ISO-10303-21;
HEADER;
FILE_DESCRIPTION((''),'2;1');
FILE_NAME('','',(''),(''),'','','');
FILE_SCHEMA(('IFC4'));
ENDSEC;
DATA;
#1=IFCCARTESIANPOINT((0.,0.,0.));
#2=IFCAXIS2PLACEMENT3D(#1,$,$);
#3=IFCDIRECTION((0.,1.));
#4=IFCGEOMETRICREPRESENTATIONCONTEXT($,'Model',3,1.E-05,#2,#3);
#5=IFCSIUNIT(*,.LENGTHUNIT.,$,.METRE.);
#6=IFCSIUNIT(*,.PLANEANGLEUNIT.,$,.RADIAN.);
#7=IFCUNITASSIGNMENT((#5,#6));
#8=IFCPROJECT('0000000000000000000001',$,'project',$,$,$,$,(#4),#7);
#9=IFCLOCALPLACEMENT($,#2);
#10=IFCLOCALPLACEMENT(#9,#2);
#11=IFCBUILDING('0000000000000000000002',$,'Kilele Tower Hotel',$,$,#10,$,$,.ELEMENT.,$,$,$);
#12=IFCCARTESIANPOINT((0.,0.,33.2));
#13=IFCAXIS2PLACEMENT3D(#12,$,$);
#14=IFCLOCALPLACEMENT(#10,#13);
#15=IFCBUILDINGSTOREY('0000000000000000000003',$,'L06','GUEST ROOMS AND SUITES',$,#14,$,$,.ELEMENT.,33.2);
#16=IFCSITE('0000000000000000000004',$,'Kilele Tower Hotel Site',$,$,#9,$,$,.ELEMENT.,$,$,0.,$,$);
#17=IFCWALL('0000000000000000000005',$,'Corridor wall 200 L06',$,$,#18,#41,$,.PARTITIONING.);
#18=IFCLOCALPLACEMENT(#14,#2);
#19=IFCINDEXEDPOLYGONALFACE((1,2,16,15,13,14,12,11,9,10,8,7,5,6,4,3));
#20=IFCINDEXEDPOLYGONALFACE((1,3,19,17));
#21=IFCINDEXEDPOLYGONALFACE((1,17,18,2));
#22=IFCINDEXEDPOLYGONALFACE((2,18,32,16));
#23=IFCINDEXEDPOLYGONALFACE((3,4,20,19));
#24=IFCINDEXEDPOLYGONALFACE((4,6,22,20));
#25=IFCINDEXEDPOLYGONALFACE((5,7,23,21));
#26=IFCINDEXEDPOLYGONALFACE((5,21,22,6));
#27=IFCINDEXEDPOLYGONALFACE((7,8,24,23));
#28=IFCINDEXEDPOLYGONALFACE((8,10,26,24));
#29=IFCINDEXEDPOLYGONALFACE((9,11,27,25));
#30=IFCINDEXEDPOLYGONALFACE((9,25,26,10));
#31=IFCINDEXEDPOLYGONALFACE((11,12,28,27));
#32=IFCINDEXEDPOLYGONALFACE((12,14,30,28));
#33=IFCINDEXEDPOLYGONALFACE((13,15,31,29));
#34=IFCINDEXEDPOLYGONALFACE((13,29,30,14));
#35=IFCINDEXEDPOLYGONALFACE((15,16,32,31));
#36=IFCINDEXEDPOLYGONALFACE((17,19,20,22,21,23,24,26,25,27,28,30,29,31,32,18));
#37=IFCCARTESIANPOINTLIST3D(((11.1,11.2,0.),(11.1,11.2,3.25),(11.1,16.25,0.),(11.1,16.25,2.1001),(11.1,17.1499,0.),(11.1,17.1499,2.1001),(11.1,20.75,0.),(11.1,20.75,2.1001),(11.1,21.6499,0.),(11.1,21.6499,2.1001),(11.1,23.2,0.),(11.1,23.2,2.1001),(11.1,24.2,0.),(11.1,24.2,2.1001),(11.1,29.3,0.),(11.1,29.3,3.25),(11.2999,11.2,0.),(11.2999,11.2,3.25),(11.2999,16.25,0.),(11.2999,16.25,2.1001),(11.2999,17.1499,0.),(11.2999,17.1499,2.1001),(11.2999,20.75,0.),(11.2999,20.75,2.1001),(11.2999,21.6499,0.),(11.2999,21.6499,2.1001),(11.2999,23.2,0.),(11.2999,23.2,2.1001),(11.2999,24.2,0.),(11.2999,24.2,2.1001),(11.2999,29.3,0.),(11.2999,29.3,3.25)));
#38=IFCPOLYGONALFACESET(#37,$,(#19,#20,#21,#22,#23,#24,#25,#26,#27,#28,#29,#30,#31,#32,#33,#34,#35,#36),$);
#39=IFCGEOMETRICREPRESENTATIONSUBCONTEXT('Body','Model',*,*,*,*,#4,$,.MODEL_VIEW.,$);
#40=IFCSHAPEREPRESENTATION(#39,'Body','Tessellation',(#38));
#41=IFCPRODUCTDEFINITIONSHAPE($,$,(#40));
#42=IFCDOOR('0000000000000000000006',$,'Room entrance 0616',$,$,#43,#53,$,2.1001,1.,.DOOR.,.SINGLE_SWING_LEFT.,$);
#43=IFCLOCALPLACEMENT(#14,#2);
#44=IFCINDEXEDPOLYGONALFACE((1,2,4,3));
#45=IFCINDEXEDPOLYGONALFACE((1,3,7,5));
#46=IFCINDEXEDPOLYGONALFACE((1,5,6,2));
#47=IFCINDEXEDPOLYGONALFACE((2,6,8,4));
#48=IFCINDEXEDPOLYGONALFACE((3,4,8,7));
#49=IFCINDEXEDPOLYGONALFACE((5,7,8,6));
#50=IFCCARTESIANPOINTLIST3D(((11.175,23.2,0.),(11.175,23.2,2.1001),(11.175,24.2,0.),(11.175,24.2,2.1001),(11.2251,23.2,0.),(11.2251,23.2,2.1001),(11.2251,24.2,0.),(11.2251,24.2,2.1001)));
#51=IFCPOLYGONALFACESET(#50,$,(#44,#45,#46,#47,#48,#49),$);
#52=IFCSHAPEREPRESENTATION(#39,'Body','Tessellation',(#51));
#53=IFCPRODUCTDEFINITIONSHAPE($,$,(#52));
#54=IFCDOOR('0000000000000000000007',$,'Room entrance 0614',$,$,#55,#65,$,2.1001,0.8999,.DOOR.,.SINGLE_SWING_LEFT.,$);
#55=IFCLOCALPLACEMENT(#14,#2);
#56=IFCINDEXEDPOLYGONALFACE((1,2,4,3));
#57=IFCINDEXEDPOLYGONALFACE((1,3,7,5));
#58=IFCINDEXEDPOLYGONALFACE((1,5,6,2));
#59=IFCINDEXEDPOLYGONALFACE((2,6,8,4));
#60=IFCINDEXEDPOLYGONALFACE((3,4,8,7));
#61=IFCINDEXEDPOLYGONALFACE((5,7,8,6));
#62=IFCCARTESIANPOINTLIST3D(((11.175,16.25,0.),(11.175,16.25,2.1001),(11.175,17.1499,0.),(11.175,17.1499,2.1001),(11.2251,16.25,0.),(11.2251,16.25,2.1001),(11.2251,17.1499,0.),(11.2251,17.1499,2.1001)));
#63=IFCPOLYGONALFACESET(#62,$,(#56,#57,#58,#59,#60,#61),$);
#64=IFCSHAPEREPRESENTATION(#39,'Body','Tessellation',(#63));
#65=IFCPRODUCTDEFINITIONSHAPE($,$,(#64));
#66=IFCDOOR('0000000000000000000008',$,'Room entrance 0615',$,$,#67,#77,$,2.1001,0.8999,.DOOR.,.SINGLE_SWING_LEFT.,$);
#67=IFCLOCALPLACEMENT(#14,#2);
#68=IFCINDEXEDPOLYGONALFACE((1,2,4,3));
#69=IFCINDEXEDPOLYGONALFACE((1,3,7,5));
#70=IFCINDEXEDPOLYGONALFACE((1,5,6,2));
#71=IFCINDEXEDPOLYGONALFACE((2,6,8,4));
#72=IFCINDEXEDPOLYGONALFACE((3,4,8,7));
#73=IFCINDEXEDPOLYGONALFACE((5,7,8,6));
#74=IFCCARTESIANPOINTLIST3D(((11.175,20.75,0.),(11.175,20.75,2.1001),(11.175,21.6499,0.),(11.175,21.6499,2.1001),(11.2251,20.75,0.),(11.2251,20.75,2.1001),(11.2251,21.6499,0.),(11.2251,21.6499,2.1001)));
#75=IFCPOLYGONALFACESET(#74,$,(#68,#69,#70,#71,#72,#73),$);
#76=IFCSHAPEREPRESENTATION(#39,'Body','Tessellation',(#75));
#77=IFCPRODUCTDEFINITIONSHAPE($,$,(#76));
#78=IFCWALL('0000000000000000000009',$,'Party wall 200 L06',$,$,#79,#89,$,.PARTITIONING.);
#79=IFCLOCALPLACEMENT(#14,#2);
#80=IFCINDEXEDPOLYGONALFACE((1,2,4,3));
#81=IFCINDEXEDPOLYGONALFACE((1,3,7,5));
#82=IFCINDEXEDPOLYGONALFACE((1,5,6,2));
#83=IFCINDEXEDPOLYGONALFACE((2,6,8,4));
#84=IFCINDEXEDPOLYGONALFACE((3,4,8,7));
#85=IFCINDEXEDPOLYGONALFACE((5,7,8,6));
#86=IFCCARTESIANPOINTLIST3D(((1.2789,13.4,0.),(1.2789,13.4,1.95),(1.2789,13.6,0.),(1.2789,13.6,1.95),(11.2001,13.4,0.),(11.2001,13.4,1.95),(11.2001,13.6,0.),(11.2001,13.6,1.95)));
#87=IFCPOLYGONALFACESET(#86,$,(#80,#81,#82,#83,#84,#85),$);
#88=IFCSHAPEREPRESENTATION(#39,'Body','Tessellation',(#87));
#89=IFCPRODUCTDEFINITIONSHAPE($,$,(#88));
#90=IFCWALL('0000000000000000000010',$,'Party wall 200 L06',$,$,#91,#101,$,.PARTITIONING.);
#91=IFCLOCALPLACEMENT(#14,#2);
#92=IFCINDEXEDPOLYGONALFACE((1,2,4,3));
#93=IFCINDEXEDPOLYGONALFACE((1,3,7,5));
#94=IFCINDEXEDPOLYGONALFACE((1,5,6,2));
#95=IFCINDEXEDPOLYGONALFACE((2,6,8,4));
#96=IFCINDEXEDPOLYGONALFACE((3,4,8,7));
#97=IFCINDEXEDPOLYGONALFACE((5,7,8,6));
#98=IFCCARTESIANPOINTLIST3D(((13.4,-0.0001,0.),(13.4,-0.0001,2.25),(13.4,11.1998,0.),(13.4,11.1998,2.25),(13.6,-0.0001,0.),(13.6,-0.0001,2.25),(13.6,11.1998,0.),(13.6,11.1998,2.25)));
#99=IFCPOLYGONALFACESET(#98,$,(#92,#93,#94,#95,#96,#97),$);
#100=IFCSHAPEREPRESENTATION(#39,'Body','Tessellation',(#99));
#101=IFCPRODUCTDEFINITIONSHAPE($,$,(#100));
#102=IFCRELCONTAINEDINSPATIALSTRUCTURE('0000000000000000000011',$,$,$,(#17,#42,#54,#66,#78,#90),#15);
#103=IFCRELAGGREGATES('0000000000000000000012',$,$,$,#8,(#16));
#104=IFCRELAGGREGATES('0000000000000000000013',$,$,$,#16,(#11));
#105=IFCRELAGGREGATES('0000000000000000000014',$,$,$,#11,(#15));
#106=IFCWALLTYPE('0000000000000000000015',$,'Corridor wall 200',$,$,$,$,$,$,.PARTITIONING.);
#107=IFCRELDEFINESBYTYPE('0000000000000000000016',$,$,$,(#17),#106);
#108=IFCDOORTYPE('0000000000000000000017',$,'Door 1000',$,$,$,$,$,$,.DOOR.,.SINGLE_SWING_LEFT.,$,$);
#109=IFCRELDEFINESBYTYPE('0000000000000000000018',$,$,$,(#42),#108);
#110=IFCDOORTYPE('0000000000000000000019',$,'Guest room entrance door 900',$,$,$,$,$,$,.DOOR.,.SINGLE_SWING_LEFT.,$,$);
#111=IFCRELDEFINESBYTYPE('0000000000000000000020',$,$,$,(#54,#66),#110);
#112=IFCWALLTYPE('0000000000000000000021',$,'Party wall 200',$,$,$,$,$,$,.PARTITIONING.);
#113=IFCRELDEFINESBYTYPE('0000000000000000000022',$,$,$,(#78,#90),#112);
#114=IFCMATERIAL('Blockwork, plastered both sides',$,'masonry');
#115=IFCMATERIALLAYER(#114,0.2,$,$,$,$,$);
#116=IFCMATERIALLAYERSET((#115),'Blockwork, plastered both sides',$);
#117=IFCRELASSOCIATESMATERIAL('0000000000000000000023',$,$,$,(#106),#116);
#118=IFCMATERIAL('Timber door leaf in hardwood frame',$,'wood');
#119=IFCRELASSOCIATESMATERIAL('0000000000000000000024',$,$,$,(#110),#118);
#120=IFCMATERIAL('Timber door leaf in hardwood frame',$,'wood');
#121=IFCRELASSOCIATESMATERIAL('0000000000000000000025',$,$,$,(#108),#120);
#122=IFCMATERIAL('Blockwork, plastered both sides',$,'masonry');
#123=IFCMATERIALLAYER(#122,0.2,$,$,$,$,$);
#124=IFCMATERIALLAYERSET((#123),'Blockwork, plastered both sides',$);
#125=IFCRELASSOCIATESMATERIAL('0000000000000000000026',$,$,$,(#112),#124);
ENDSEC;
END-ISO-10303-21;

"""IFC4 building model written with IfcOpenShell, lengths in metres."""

from ifc_helpers import new_model, si_unit, direction, frame, frame_2d, origin, place, context, subcontext, project, spatial, rectangle, extrude, material, layer, layer_set, type_object, element, fill, save


model = new_model("IFC4")

# Units and contexts
model_context = context("Model", 3, precision=1e-05, world=origin(), true_north=direction((0.0, 1.0)))
body_context = subcontext(model_context, "Body", "Model", "MODEL_VIEW")
ifc_project = project(units=[si_unit("LENGTHUNIT", "METRE"), si_unit("PLANEANGLEUNIT", "RADIAN")], contexts=[model_context])

# Site, building, storey
site_placement = place(None, origin())
site = spatial("IfcSite", under=ifc_project, at=site_placement, Name="Kilele Tower Hotel Site", CompositionType="ELEMENT", RefElevation=0.0)
building_placement = place(site_placement, origin())
building = spatial("IfcBuilding", under=site, at=building_placement, Name="Kilele Tower Hotel", CompositionType="ELEMENT")
storey_placement = place(building_placement, frame((0.0, 0.0, 33.2)))
storey = spatial("IfcBuildingStorey", under=building, at=storey_placement, Name="L06", Description="GUEST ROOMS AND SUITES", CompositionType="ELEMENT", Elevation=33.2)

# Wall, openings, doors
ifc_material_1 = material(Name="Blockwork, plastered both sides", Category="masonry")
ifc_layer_1 = layer(ifc_material_1, 0.2)
ifc_layer_set_1 = layer_set([ifc_layer_1], Name="Blockwork, plastered both sides")
wall_type_1 = type_object("IfcWallType", Name="Corridor wall 200", PredefinedType="PARTITIONING", material=ifc_layer_set_1)
ifc_material_2 = material(Name="Timber door leaf in hardwood frame", Category="wood")
door_type_1 = type_object("IfcDoorType", Name="Guest room entrance door 900", OperationType="SINGLE_SWING_LEFT", PredefinedType="DOOR", material=ifc_material_2)
wall_1_placement = place(storey_placement, frame((11.2, 11.2, 0.0), z_axis=(0.0, 0.0, 1.0), x_axis=(0.0, 1.0, 0.0)))
wall_1 = element("IfcWall", 1, at=wall_1_placement, inside=storey, type_object=wall_type_1, Name="Corridor wall 200 L06", PredefinedType="PARTITIONING", context=body_context, shape_type="SweptSolid", body=[
    extrude(rectangle(XDim=18.1001, YDim=0.2, at=frame_2d((9.05, 0.0))), origin(), (0.0, 0.0, 1.0), 3.25),
])
opening_1_placement = place(wall_1_placement, frame((5.05, 0.0, 0.0)))
opening_1 = element("IfcOpeningElement", 2, at=opening_1_placement, cuts=wall_1, PredefinedType="OPENING", context=body_context, shape_type="SweptSolid", body=[
    extrude(rectangle(XDim=0.8999, YDim=2.1001, at=frame_2d((0.45, 1.05))), frame((0.0, 0.1099, 0.0), z_axis=(0.0, -1.0, 0.0), x_axis=(1.0, 0.0, 0.0)), (0.0, 0.0, 1.0), 0.22),
])
opening_2_placement = place(wall_1_placement, frame((9.55, 0.0, 0.0)))
opening_2 = element("IfcOpeningElement", 3, at=opening_2_placement, cuts=wall_1, PredefinedType="OPENING", context=body_context, shape_type="SweptSolid", body=[
    extrude(rectangle(XDim=0.8999, YDim=2.1001, at=frame_2d((0.45, 1.05))), frame((0.0, 0.1099, 0.0), z_axis=(0.0, -1.0, 0.0), x_axis=(1.0, 0.0, 0.0)), (0.0, 0.0, 1.0), 0.22),
])
opening_3_placement = place(wall_1_placement, frame((12.0, 0.0, 0.0)))
opening_3 = element("IfcOpeningElement", 4, at=opening_3_placement, cuts=wall_1, PredefinedType="OPENING", context=body_context, shape_type="SweptSolid", body=[
    extrude(rectangle(XDim=1.0, YDim=2.1001, at=frame_2d((0.5, 1.05))), frame((0.0, 0.1099, 0.0), z_axis=(0.0, -1.0, 0.0), x_axis=(1.0, 0.0, 0.0)), (0.0, 0.0, 1.0), 0.22),
])
ifc_material_3 = material(Name="Timber door leaf in hardwood frame", Category="wood")
door_type_2 = type_object("IfcDoorType", Name="Door 1000", OperationType="SINGLE_SWING_LEFT", PredefinedType="DOOR", material=ifc_material_3)
door_1_placement = place(opening_3_placement, origin())
door_1 = element("IfcDoor", 5, at=door_1_placement, inside=storey, type_object=door_type_2, Name="Room entrance 0616", OperationType="SINGLE_SWING_LEFT", OverallHeight=2.1001, OverallWidth=1.0, PredefinedType="DOOR", context=body_context, shape_type="SweptSolid", body=[
    extrude(rectangle(XDim=1.0, YDim=2.1001, at=frame_2d((0.5, 1.05))), frame((0.0, 0.0249, 0.0), z_axis=(0.0, -1.0, 0.0), x_axis=(1.0, 0.0, 0.0)), (0.0, 0.0, 1.0), 0.05),
])
fill(opening_3, door_1)
door_2_placement = place(opening_1_placement, origin())
door_2 = element("IfcDoor", 6, at=door_2_placement, inside=storey, type_object=door_type_1, Name="Room entrance 0614", OperationType="SINGLE_SWING_LEFT", OverallHeight=2.1001, OverallWidth=0.8999, PredefinedType="DOOR", context=body_context, shape_type="SweptSolid", body=[
    extrude(rectangle(XDim=0.8999, YDim=2.1001, at=frame_2d((0.45, 1.05))), frame((0.0, 0.0249, 0.0), z_axis=(0.0, -1.0, 0.0), x_axis=(1.0, 0.0, 0.0)), (0.0, 0.0, 1.0), 0.05),
])
fill(opening_1, door_2)
door_3_placement = place(opening_2_placement, origin())
door_3 = element("IfcDoor", 7, at=door_3_placement, inside=storey, type_object=door_type_1, Name="Room entrance 0615", OperationType="SINGLE_SWING_LEFT", OverallHeight=2.1001, OverallWidth=0.8999, PredefinedType="DOOR", context=body_context, shape_type="SweptSolid", body=[
    extrude(rectangle(XDim=0.8999, YDim=2.1001, at=frame_2d((0.45, 1.05))), frame((0.0, 0.0249, 0.0), z_axis=(0.0, -1.0, 0.0), x_axis=(1.0, 0.0, 0.0)), (0.0, 0.0, 1.0), 0.05),
])
fill(opening_2, door_3)

# Walls
ifc_material_4 = material(Name="Blockwork, plastered both sides", Category="masonry")
ifc_layer_2 = layer(ifc_material_4, 0.2)
ifc_layer_set_2 = layer_set([ifc_layer_2], Name="Blockwork, plastered both sides")
wall_type_2 = type_object("IfcWallType", Name="Party wall 200", PredefinedType="PARTITIONING", material=ifc_layer_set_2)
wall_2_placement = place(storey_placement, frame((11.2, 13.5, 0.0), z_axis=(0.0, 0.0, 1.0), x_axis=(-1.0, 0.0, 0.0)))
element("IfcWall", 8, at=wall_2_placement, inside=storey, type_object=wall_type_2, Name="Party wall 200 L06", PredefinedType="PARTITIONING", context=body_context, shape_type="SweptSolid", body=[
    extrude(rectangle(XDim=9.9211, YDim=0.2, at=frame_2d((4.9604, 0.0))), origin(), (0.0, 0.0, 1.0), 1.95),
])
wall_3_placement = place(storey_placement, frame((13.5, 11.2, 0.0), z_axis=(0.0, 0.0, 1.0), x_axis=(0.0, -1.0, 0.0)))
element("IfcWall", 9, at=wall_3_placement, inside=storey, type_object=wall_type_2, Name="Party wall 200 L06", PredefinedType="PARTITIONING", context=body_context, shape_type="SweptSolid", body=[
    extrude(rectangle(XDim=11.2, YDim=0.2, at=frame_2d((5.6001, 0.0))), origin(), (0.0, 0.0, 1.0), 2.25),
])

save(model, "model.ifc")
